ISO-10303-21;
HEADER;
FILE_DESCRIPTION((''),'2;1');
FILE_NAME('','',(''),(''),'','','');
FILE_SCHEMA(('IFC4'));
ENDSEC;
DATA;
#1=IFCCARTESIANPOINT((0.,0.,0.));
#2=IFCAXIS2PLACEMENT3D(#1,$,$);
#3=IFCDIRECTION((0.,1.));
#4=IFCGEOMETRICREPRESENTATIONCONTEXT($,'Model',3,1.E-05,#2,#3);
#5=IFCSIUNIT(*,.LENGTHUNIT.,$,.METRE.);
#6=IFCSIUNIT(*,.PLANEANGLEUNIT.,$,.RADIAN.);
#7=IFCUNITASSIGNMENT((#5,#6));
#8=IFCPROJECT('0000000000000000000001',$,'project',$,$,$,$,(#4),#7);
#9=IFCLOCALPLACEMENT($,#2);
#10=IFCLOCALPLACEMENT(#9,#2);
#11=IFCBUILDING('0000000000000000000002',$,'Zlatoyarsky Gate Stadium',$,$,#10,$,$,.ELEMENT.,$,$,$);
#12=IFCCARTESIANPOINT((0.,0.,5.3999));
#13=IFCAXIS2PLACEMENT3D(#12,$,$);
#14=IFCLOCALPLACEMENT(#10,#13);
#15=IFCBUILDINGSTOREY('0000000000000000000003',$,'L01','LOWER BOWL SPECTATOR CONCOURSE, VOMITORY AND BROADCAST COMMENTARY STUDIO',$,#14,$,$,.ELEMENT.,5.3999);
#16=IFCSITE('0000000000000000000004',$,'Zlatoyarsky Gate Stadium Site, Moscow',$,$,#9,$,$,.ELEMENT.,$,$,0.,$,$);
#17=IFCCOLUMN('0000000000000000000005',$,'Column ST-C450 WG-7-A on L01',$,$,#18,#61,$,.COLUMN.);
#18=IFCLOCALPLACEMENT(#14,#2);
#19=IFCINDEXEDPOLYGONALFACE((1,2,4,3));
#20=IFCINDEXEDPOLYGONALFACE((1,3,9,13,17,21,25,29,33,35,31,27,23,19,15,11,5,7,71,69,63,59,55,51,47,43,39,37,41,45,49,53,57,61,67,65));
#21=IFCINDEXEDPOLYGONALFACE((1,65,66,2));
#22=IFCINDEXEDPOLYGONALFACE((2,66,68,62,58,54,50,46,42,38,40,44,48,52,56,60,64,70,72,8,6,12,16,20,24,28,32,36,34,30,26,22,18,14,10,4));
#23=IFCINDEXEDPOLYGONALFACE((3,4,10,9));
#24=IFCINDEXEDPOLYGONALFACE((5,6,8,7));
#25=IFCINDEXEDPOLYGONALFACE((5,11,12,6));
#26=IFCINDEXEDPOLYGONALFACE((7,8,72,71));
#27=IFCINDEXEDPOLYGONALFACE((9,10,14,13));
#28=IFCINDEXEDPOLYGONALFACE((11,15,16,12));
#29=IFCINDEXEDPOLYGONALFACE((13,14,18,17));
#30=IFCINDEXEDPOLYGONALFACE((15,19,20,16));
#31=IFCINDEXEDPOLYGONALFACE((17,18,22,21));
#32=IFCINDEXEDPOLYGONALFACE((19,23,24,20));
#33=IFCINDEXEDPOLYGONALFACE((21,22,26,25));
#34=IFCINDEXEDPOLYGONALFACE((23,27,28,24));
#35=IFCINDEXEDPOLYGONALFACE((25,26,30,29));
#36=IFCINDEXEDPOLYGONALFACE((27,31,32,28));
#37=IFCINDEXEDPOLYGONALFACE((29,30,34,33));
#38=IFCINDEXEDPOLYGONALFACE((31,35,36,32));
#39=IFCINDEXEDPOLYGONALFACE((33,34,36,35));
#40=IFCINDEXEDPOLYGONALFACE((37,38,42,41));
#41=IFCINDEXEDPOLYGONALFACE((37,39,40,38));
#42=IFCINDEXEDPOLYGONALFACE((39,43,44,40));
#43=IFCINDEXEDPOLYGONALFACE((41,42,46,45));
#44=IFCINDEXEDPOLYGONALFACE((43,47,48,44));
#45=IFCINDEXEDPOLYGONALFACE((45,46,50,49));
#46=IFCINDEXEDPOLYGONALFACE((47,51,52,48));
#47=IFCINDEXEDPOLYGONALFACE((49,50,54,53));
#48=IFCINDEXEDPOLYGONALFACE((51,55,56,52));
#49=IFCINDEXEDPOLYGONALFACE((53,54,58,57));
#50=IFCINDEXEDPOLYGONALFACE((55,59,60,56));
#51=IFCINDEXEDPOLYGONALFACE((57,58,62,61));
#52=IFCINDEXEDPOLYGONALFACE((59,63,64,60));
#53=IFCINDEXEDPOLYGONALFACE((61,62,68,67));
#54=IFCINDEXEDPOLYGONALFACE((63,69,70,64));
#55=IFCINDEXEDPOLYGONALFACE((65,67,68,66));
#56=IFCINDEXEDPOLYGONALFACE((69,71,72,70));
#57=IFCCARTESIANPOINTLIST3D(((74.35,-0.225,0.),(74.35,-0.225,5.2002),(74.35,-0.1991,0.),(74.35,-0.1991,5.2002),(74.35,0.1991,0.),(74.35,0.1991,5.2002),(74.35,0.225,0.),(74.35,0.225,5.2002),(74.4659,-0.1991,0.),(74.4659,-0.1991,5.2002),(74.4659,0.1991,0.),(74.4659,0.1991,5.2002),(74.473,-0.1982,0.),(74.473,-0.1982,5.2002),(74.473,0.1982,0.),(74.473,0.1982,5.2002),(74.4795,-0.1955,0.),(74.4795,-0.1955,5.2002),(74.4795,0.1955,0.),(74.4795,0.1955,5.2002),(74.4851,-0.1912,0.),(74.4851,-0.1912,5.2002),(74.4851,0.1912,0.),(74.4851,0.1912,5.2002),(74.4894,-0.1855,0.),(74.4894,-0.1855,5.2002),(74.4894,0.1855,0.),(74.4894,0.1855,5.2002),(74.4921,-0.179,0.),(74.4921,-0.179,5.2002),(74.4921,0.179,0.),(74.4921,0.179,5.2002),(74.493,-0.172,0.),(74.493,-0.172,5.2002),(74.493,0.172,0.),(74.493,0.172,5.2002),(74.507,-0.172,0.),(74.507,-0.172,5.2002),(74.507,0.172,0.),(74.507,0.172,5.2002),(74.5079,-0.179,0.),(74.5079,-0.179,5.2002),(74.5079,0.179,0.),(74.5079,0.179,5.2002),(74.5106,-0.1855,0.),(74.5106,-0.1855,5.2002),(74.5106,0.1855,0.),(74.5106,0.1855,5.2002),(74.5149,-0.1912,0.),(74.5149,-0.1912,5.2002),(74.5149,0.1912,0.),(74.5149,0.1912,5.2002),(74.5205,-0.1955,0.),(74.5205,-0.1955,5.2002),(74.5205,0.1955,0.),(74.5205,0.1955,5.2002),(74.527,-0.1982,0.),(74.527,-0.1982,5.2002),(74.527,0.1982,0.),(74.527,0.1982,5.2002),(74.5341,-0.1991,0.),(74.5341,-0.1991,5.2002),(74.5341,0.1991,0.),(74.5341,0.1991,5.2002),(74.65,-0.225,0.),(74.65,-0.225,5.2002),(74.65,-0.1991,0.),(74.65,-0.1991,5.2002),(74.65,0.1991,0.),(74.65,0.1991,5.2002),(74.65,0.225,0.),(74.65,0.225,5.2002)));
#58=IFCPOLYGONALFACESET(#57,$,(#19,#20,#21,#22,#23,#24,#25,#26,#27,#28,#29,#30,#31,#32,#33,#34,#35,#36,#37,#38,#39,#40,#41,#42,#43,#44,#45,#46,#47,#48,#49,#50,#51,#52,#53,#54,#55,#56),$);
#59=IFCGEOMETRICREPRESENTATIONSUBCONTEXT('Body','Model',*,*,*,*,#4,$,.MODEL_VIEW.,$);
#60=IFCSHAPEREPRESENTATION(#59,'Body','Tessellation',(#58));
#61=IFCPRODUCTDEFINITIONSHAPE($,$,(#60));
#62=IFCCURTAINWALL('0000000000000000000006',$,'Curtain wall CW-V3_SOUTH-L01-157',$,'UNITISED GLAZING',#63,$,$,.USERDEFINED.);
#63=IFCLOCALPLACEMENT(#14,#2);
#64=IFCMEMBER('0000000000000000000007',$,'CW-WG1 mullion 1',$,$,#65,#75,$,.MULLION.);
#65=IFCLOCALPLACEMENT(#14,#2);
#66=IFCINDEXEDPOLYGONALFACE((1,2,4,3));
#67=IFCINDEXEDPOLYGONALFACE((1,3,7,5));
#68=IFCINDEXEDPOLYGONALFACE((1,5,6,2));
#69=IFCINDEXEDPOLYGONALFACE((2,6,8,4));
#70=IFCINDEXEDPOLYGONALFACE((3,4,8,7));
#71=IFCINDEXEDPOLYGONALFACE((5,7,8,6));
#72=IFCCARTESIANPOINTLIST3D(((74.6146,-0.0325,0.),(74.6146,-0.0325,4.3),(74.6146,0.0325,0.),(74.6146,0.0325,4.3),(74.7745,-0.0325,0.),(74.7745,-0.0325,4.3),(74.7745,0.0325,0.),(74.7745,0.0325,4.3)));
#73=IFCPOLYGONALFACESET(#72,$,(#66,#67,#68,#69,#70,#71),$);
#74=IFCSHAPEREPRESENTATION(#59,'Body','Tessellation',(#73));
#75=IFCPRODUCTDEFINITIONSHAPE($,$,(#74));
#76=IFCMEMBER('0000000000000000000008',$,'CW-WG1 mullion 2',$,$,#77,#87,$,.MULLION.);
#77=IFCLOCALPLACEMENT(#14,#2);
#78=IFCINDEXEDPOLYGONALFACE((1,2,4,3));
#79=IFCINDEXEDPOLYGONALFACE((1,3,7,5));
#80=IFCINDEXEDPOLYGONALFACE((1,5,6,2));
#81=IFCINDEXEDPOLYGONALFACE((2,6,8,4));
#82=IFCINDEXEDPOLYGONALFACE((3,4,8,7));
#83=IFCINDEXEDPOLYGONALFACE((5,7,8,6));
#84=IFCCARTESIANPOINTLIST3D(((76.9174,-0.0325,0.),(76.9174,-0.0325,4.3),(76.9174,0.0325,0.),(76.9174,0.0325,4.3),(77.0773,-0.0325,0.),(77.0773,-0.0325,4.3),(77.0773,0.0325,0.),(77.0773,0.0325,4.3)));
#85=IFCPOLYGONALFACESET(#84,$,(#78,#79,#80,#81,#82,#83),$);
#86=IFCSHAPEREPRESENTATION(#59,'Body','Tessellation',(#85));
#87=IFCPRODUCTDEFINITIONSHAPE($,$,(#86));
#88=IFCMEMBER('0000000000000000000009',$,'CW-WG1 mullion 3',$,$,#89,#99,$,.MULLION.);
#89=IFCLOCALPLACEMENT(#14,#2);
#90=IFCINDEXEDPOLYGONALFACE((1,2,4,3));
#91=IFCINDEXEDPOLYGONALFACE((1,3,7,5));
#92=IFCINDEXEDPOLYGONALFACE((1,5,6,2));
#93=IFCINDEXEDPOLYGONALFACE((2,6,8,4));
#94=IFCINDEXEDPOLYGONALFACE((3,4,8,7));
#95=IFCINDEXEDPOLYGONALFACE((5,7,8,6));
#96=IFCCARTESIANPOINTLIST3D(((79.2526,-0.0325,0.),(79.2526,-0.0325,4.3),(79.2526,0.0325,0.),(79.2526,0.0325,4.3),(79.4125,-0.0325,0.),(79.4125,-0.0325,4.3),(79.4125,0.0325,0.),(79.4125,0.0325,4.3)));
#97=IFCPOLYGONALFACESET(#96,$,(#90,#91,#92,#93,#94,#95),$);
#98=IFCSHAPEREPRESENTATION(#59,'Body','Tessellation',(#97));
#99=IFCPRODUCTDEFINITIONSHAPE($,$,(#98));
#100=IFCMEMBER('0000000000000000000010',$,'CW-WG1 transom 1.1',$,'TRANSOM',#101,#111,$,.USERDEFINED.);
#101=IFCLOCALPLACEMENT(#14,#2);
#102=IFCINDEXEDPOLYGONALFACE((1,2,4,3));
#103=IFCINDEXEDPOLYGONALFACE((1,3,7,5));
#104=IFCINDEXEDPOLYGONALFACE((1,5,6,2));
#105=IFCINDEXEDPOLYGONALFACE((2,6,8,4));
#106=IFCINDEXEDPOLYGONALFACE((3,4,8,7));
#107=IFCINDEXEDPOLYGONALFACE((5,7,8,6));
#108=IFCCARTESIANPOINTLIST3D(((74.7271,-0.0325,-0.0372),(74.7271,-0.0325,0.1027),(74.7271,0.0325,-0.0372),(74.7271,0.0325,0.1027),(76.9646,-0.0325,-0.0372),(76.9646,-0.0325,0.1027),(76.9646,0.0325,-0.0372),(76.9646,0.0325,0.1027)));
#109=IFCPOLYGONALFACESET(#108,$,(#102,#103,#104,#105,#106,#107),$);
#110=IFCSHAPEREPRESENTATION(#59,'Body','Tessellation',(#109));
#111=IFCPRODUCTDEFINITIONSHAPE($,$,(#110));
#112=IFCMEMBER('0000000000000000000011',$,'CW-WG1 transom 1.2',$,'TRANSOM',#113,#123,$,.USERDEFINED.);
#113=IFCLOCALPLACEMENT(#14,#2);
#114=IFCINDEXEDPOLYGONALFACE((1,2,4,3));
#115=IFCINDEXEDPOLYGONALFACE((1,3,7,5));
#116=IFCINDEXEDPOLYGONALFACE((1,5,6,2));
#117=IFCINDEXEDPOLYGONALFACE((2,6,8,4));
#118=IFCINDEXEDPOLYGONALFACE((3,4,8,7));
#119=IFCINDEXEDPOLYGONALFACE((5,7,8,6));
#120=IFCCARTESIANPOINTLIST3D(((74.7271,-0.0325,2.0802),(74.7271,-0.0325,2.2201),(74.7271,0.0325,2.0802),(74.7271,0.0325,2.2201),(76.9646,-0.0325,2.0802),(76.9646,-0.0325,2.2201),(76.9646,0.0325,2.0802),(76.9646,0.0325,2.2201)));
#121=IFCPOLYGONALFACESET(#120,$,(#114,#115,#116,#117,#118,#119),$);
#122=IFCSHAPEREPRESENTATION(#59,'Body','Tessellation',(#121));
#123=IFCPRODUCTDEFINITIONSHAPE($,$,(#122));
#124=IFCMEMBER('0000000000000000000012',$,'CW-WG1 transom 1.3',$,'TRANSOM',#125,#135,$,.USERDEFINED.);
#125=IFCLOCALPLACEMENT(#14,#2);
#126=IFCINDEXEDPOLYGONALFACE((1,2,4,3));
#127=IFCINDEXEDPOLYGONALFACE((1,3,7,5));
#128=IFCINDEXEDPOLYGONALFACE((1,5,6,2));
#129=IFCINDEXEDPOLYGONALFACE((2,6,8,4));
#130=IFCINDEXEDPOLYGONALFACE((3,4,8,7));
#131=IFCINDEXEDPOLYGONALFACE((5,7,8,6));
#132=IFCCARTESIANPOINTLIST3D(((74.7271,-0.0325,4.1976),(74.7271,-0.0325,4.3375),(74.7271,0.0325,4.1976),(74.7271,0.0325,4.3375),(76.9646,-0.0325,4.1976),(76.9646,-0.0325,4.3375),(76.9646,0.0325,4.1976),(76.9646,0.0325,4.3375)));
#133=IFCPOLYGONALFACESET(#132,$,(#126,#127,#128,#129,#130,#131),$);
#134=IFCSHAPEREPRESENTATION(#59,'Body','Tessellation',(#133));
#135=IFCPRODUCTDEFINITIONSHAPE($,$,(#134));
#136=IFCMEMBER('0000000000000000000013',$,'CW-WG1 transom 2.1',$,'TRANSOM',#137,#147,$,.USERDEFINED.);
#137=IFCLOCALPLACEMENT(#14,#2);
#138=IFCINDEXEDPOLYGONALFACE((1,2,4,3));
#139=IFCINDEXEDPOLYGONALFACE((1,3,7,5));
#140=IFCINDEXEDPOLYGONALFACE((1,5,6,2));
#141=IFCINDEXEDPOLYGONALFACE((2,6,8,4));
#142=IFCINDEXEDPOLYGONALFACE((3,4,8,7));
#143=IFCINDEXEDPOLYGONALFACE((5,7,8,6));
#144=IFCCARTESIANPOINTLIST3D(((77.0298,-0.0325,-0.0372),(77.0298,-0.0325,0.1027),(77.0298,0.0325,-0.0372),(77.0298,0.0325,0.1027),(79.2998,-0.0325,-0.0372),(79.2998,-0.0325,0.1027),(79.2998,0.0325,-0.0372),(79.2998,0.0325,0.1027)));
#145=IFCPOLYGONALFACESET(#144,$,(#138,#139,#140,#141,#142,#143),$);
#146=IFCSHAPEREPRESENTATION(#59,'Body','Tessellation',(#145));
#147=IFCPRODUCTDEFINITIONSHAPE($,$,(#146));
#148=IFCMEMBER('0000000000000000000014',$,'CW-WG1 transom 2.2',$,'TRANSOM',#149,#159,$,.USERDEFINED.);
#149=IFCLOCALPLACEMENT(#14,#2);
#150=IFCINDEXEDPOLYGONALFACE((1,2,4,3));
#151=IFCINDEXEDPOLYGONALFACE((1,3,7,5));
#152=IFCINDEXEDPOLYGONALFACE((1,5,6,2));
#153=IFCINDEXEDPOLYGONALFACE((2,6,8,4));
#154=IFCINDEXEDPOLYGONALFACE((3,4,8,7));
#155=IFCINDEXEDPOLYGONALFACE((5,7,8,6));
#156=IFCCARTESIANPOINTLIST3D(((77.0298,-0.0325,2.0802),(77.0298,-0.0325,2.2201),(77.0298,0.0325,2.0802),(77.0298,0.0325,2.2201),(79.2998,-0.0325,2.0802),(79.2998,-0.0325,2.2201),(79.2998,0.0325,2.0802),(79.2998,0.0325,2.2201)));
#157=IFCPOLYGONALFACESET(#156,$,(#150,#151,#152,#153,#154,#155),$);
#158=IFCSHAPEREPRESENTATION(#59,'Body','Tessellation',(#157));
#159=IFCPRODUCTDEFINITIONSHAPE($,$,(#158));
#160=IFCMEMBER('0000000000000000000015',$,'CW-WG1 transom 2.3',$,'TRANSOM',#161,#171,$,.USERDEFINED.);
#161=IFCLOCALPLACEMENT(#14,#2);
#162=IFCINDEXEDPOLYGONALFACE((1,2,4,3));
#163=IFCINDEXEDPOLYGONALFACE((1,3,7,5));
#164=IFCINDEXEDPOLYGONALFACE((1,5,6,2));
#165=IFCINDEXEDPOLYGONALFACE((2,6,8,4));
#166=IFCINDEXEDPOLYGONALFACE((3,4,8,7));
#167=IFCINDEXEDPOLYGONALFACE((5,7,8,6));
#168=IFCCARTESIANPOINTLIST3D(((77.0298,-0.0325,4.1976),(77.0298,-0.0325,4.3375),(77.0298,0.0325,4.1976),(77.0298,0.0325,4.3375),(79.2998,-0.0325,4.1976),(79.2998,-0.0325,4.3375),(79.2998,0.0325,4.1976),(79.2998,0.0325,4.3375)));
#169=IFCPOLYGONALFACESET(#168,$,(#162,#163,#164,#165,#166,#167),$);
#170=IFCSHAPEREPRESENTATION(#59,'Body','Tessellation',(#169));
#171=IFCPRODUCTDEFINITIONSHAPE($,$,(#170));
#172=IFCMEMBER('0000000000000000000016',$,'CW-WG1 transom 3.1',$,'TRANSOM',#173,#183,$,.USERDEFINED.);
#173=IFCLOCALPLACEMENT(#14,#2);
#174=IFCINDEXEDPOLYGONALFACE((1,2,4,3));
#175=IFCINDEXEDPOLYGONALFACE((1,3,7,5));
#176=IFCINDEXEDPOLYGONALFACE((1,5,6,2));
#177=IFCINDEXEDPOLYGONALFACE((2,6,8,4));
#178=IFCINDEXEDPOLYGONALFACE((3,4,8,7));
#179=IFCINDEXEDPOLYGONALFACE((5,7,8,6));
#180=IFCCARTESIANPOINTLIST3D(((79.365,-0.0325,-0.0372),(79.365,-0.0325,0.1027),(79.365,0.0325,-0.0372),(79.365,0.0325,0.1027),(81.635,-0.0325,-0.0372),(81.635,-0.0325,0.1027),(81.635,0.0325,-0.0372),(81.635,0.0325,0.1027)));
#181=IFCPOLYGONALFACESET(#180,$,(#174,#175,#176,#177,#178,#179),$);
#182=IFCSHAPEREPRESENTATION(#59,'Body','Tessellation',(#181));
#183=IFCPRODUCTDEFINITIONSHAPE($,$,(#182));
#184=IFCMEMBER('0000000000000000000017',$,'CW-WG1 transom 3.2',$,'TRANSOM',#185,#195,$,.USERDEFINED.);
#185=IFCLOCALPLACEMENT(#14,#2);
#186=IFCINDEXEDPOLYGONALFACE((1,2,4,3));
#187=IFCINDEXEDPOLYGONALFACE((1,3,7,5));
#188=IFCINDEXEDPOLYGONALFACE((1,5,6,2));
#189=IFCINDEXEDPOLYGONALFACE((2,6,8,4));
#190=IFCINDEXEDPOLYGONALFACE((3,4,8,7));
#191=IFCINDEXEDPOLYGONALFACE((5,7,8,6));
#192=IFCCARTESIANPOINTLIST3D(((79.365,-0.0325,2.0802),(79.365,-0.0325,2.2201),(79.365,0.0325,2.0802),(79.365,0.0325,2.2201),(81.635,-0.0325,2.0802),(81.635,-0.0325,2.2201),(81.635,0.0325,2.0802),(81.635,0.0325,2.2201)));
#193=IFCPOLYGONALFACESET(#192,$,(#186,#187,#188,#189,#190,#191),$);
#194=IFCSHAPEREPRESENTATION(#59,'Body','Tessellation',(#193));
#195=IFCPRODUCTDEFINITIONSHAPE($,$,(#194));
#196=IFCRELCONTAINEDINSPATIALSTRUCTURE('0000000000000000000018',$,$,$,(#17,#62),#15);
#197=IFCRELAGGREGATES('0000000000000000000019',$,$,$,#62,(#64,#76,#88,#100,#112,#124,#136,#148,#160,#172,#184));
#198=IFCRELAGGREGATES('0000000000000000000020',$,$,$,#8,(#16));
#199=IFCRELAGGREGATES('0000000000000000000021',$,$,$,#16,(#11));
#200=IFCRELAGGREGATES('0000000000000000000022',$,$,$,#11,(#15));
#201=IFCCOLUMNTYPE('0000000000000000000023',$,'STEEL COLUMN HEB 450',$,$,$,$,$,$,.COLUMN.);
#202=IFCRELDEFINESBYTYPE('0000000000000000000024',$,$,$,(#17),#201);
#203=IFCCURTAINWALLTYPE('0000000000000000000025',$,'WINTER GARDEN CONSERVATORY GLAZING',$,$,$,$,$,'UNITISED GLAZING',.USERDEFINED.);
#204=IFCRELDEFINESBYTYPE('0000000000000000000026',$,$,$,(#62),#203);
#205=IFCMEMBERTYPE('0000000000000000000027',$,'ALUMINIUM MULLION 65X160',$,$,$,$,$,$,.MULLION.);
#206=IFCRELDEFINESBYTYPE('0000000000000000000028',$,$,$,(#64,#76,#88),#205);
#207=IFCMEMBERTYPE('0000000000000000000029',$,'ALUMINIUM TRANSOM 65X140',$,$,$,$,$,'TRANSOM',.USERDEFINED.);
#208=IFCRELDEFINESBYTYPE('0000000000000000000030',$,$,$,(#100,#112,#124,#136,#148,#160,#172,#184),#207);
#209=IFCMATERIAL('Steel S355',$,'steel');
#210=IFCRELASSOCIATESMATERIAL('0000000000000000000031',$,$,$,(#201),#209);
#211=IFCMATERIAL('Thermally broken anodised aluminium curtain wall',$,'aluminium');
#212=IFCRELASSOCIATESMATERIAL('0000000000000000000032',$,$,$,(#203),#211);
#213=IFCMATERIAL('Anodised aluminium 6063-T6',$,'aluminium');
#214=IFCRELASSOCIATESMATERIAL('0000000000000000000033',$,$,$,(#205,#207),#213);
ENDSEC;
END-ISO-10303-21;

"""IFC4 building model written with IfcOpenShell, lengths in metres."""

from ifc_helpers import new_model, si_unit, direction, frame, origin, origin_2d, place, context, subcontext, project, spatial, rectangle, i_section, extrude, material, material_profile, profile_set, type_object, element, aggregate, save


model = new_model("IFC4")

# Units and contexts
model_context = context("Model", 3, precision=1e-05, world=origin(), true_north=direction((0.0, 1.0)))
body_context = subcontext(model_context, "Body", "Model", "MODEL_VIEW")
ifc_project = project(units=[si_unit("LENGTHUNIT", "METRE"), si_unit("PLANEANGLEUNIT", "RADIAN")], contexts=[model_context])

# Site, building, storey
site_placement = place(None, origin())
site = spatial("IfcSite", under=ifc_project, at=site_placement, Name="Zlatoyarsky Gate Stadium Site, Moscow", CompositionType="ELEMENT", RefElevation=0.0)
building_placement = place(site_placement, origin())
building = spatial("IfcBuilding", under=site, at=building_placement, Name="Zlatoyarsky Gate Stadium", CompositionType="ELEMENT")
storey_placement = place(building_placement, frame((0.0, 0.0, 5.3999)))
storey = spatial("IfcBuildingStorey", under=building, at=storey_placement, Name="L01", Description="LOWER BOWL SPECTATOR CONCOURSE, VOMITORY AND BROADCAST COMMENTARY STUDIO", CompositionType="ELEMENT", Elevation=5.3999)

# Column
ifc_material_1 = material(Name="Steel S355", Category="steel")
ifc_material_profile_1 = material_profile(ifc_material_1, i_section(OverallWidth=0.3, OverallDepth=0.45, WebThickness=0.0139, FlangeThickness=0.0259, FilletRadius=0.0271, at=origin_2d()), Name="HEB 450")
ifc_profile_set_1 = profile_set([ifc_material_profile_1], Name="Steel S355")
column_type = type_object("IfcColumnType", Name="STEEL COLUMN HEB 450", PredefinedType="COLUMN", material=ifc_profile_set_1)
column_placement = place(storey_placement, frame((74.5, 0.0, 0.0), z_axis=(0.0, 0.0, 1.0), x_axis=(1.0, 0.0, 0.0)))
element("IfcColumn", 1, at=column_placement, inside=storey, type_object=column_type, Name="Column ST-C450 WG-7-A on L01", PredefinedType="COLUMN", context=body_context, shape_type="SweptSolid", body=[
    extrude(i_section(OverallWidth=0.3, OverallDepth=0.45, WebThickness=0.0139, FlangeThickness=0.0259, FilletRadius=0.0271, at=origin_2d()), origin(), (0.0, 0.0, 1.0), 5.2002),
])

# Curtain wall, members
ifc_material_2 = material(Name="Thermally broken anodised aluminium curtain wall", Category="aluminium")
curtain_wall_type = type_object("IfcCurtainWallType", Name="WINTER GARDEN CONSERVATORY GLAZING", ElementType="UNITISED GLAZING", PredefinedType="USERDEFINED", material=ifc_material_2)
curtain_wall_placement = place(storey_placement, origin())
curtain_wall = element("IfcCurtainWall", 2, at=curtain_wall_placement, inside=storey, type_object=curtain_wall_type, Name="Curtain wall CW-V3_SOUTH-L01-157", ObjectType="UNITISED GLAZING", PredefinedType="USERDEFINED")
ifc_material_3 = material(Name="Anodised aluminium 6063-T6", Category="aluminium")
ifc_material_profile_2 = material_profile(ifc_material_3, rectangle(XDim=0.0649, YDim=0.1599, at=origin_2d()), Name="ALU 65X160")
ifc_profile_set_2 = profile_set([ifc_material_profile_2], Name="Anodised aluminium 6063-T6")
member_type_1 = type_object("IfcMemberType", Name="ALUMINIUM MULLION 65X160", PredefinedType="MULLION", material=ifc_profile_set_2)
member_1_placement = place(storey_placement, frame((74.6946, 0.0, 0.0), z_axis=(0.0, 0.0, 1.0), x_axis=(0.0, 1.0, 0.0)))
member_1 = element("IfcMember", 3, at=member_1_placement, type_object=member_type_1, Name="CW-WG1 mullion 1", PredefinedType="MULLION", context=body_context, shape_type="SweptSolid", body=[
    extrude(rectangle(XDim=0.0649, YDim=0.1599, at=origin_2d()), origin(), (0.0, 0.0, 1.0), 4.3),
])
member_2_placement = place(storey_placement, frame((76.9973, 0.0, 0.0), z_axis=(0.0, 0.0, 1.0), x_axis=(0.0, 1.0, 0.0)))
member_2 = element("IfcMember", 4, at=member_2_placement, type_object=member_type_1, Name="CW-WG1 mullion 2", PredefinedType="MULLION", context=body_context, shape_type="SweptSolid", body=[
    extrude(rectangle(XDim=0.0649, YDim=0.1599, at=origin_2d()), origin(), (0.0, 0.0, 1.0), 4.3),
])
member_3_placement = place(storey_placement, frame((79.3325, 0.0, 0.0), z_axis=(0.0, 0.0, 1.0), x_axis=(0.0, 1.0, 0.0)))
member_3 = element("IfcMember", 5, at=member_3_placement, type_object=member_type_1, Name="CW-WG1 mullion 3", PredefinedType="MULLION", context=body_context, shape_type="SweptSolid", body=[
    extrude(rectangle(XDim=0.0649, YDim=0.1599, at=origin_2d()), origin(), (0.0, 0.0, 1.0), 4.3),
])
ifc_material_profile_3 = material_profile(ifc_material_3, rectangle(XDim=0.0649, YDim=0.1399, at=origin_2d()), Name="ALU 65X140")
ifc_profile_set_3 = profile_set([ifc_material_profile_3], Name="Anodised aluminium 6063-T6")
member_type_2 = type_object("IfcMemberType", Name="ALUMINIUM TRANSOM 65X140", ElementType="TRANSOM", PredefinedType="USERDEFINED", material=ifc_profile_set_3)
member_4_placement = place(storey_placement, frame((74.7271, 0.0, 0.0327), z_axis=(1.0, 0.0, 0.0), x_axis=(0.0, 1.0, 0.0)))
member_4 = element("IfcMember", 6, at=member_4_placement, type_object=member_type_2, Name="CW-WG1 transom 1.1", ObjectType="TRANSOM", PredefinedType="USERDEFINED", context=body_context, shape_type="SweptSolid", body=[
    extrude(rectangle(XDim=0.0649, YDim=0.1399, at=origin_2d()), origin(), (0.0, 0.0, 1.0), 2.2375),
])
member_5_placement = place(storey_placement, frame((74.7271, 0.0, 2.1501), z_axis=(1.0, 0.0, 0.0), x_axis=(0.0, 1.0, 0.0)))
member_5 = element("IfcMember", 7, at=member_5_placement, type_object=member_type_2, Name="CW-WG1 transom 1.2", ObjectType="TRANSOM", PredefinedType="USERDEFINED", context=body_context, shape_type="SweptSolid", body=[
    extrude(rectangle(XDim=0.0649, YDim=0.1399, at=origin_2d()), origin(), (0.0, 0.0, 1.0), 2.2375),
])
member_6_placement = place(storey_placement, frame((74.7271, 0.0, 4.2676), z_axis=(1.0, 0.0, 0.0), x_axis=(0.0, 1.0, 0.0)))
member_6 = element("IfcMember", 8, at=member_6_placement, type_object=member_type_2, Name="CW-WG1 transom 1.3", ObjectType="TRANSOM", PredefinedType="USERDEFINED", context=body_context, shape_type="SweptSolid", body=[
    extrude(rectangle(XDim=0.0649, YDim=0.1399, at=origin_2d()), origin(), (0.0, 0.0, 1.0), 2.2375),
])
member_7_placement = place(storey_placement, frame((77.0298, 0.0, 0.0327), z_axis=(1.0, 0.0, 0.0), x_axis=(0.0, 1.0, 0.0)))
member_7 = element("IfcMember", 9, at=member_7_placement, type_object=member_type_2, Name="CW-WG1 transom 2.1", ObjectType="TRANSOM", PredefinedType="USERDEFINED", context=body_context, shape_type="SweptSolid", body=[
    extrude(rectangle(XDim=0.0649, YDim=0.1399, at=origin_2d()), origin(), (0.0, 0.0, 1.0), 2.27),
])
member_8_placement = place(storey_placement, frame((77.0298, 0.0, 2.1501), z_axis=(1.0, 0.0, 0.0), x_axis=(0.0, 1.0, 0.0)))
member_8 = element("IfcMember", 10, at=member_8_placement, type_object=member_type_2, Name="CW-WG1 transom 2.2", ObjectType="TRANSOM", PredefinedType="USERDEFINED", context=body_context, shape_type="SweptSolid", body=[
    extrude(rectangle(XDim=0.0649, YDim=0.1399, at=origin_2d()), origin(), (0.0, 0.0, 1.0), 2.27),
])
member_9_placement = place(storey_placement, frame((77.0298, 0.0, 4.2676), z_axis=(1.0, 0.0, 0.0), x_axis=(0.0, 1.0, 0.0)))
member_9 = element("IfcMember", 11, at=member_9_placement, type_object=member_type_2, Name="CW-WG1 transom 2.3", ObjectType="TRANSOM", PredefinedType="USERDEFINED", context=body_context, shape_type="SweptSolid", body=[
    extrude(rectangle(XDim=0.0649, YDim=0.1399, at=origin_2d()), origin(), (0.0, 0.0, 1.0), 2.27),
])
member_10_placement = place(storey_placement, frame((79.365, 0.0, 0.0327), z_axis=(1.0, 0.0, 0.0), x_axis=(0.0, 1.0, 0.0)))
member_10 = element("IfcMember", 12, at=member_10_placement, type_object=member_type_2, Name="CW-WG1 transom 3.1", ObjectType="TRANSOM", PredefinedType="USERDEFINED", context=body_context, shape_type="SweptSolid", body=[
    extrude(rectangle(XDim=0.0649, YDim=0.1399, at=origin_2d()), origin(), (0.0, 0.0, 1.0), 2.27),
])
member_11_placement = place(storey_placement, frame((79.365, 0.0, 2.1501), z_axis=(1.0, 0.0, 0.0), x_axis=(0.0, 1.0, 0.0)))
member_11 = element("IfcMember", 13, at=member_11_placement, type_object=member_type_2, Name="CW-WG1 transom 3.2", ObjectType="TRANSOM", PredefinedType="USERDEFINED", context=body_context, shape_type="SweptSolid", body=[
    extrude(rectangle(XDim=0.0649, YDim=0.1399, at=origin_2d()), origin(), (0.0, 0.0, 1.0), 2.27),
])

aggregate(curtain_wall, [member_1, member_2, member_3, member_4, member_5, member_6, member_7, member_8, member_9, member_10, member_11])

save(model, "model.ifc")
